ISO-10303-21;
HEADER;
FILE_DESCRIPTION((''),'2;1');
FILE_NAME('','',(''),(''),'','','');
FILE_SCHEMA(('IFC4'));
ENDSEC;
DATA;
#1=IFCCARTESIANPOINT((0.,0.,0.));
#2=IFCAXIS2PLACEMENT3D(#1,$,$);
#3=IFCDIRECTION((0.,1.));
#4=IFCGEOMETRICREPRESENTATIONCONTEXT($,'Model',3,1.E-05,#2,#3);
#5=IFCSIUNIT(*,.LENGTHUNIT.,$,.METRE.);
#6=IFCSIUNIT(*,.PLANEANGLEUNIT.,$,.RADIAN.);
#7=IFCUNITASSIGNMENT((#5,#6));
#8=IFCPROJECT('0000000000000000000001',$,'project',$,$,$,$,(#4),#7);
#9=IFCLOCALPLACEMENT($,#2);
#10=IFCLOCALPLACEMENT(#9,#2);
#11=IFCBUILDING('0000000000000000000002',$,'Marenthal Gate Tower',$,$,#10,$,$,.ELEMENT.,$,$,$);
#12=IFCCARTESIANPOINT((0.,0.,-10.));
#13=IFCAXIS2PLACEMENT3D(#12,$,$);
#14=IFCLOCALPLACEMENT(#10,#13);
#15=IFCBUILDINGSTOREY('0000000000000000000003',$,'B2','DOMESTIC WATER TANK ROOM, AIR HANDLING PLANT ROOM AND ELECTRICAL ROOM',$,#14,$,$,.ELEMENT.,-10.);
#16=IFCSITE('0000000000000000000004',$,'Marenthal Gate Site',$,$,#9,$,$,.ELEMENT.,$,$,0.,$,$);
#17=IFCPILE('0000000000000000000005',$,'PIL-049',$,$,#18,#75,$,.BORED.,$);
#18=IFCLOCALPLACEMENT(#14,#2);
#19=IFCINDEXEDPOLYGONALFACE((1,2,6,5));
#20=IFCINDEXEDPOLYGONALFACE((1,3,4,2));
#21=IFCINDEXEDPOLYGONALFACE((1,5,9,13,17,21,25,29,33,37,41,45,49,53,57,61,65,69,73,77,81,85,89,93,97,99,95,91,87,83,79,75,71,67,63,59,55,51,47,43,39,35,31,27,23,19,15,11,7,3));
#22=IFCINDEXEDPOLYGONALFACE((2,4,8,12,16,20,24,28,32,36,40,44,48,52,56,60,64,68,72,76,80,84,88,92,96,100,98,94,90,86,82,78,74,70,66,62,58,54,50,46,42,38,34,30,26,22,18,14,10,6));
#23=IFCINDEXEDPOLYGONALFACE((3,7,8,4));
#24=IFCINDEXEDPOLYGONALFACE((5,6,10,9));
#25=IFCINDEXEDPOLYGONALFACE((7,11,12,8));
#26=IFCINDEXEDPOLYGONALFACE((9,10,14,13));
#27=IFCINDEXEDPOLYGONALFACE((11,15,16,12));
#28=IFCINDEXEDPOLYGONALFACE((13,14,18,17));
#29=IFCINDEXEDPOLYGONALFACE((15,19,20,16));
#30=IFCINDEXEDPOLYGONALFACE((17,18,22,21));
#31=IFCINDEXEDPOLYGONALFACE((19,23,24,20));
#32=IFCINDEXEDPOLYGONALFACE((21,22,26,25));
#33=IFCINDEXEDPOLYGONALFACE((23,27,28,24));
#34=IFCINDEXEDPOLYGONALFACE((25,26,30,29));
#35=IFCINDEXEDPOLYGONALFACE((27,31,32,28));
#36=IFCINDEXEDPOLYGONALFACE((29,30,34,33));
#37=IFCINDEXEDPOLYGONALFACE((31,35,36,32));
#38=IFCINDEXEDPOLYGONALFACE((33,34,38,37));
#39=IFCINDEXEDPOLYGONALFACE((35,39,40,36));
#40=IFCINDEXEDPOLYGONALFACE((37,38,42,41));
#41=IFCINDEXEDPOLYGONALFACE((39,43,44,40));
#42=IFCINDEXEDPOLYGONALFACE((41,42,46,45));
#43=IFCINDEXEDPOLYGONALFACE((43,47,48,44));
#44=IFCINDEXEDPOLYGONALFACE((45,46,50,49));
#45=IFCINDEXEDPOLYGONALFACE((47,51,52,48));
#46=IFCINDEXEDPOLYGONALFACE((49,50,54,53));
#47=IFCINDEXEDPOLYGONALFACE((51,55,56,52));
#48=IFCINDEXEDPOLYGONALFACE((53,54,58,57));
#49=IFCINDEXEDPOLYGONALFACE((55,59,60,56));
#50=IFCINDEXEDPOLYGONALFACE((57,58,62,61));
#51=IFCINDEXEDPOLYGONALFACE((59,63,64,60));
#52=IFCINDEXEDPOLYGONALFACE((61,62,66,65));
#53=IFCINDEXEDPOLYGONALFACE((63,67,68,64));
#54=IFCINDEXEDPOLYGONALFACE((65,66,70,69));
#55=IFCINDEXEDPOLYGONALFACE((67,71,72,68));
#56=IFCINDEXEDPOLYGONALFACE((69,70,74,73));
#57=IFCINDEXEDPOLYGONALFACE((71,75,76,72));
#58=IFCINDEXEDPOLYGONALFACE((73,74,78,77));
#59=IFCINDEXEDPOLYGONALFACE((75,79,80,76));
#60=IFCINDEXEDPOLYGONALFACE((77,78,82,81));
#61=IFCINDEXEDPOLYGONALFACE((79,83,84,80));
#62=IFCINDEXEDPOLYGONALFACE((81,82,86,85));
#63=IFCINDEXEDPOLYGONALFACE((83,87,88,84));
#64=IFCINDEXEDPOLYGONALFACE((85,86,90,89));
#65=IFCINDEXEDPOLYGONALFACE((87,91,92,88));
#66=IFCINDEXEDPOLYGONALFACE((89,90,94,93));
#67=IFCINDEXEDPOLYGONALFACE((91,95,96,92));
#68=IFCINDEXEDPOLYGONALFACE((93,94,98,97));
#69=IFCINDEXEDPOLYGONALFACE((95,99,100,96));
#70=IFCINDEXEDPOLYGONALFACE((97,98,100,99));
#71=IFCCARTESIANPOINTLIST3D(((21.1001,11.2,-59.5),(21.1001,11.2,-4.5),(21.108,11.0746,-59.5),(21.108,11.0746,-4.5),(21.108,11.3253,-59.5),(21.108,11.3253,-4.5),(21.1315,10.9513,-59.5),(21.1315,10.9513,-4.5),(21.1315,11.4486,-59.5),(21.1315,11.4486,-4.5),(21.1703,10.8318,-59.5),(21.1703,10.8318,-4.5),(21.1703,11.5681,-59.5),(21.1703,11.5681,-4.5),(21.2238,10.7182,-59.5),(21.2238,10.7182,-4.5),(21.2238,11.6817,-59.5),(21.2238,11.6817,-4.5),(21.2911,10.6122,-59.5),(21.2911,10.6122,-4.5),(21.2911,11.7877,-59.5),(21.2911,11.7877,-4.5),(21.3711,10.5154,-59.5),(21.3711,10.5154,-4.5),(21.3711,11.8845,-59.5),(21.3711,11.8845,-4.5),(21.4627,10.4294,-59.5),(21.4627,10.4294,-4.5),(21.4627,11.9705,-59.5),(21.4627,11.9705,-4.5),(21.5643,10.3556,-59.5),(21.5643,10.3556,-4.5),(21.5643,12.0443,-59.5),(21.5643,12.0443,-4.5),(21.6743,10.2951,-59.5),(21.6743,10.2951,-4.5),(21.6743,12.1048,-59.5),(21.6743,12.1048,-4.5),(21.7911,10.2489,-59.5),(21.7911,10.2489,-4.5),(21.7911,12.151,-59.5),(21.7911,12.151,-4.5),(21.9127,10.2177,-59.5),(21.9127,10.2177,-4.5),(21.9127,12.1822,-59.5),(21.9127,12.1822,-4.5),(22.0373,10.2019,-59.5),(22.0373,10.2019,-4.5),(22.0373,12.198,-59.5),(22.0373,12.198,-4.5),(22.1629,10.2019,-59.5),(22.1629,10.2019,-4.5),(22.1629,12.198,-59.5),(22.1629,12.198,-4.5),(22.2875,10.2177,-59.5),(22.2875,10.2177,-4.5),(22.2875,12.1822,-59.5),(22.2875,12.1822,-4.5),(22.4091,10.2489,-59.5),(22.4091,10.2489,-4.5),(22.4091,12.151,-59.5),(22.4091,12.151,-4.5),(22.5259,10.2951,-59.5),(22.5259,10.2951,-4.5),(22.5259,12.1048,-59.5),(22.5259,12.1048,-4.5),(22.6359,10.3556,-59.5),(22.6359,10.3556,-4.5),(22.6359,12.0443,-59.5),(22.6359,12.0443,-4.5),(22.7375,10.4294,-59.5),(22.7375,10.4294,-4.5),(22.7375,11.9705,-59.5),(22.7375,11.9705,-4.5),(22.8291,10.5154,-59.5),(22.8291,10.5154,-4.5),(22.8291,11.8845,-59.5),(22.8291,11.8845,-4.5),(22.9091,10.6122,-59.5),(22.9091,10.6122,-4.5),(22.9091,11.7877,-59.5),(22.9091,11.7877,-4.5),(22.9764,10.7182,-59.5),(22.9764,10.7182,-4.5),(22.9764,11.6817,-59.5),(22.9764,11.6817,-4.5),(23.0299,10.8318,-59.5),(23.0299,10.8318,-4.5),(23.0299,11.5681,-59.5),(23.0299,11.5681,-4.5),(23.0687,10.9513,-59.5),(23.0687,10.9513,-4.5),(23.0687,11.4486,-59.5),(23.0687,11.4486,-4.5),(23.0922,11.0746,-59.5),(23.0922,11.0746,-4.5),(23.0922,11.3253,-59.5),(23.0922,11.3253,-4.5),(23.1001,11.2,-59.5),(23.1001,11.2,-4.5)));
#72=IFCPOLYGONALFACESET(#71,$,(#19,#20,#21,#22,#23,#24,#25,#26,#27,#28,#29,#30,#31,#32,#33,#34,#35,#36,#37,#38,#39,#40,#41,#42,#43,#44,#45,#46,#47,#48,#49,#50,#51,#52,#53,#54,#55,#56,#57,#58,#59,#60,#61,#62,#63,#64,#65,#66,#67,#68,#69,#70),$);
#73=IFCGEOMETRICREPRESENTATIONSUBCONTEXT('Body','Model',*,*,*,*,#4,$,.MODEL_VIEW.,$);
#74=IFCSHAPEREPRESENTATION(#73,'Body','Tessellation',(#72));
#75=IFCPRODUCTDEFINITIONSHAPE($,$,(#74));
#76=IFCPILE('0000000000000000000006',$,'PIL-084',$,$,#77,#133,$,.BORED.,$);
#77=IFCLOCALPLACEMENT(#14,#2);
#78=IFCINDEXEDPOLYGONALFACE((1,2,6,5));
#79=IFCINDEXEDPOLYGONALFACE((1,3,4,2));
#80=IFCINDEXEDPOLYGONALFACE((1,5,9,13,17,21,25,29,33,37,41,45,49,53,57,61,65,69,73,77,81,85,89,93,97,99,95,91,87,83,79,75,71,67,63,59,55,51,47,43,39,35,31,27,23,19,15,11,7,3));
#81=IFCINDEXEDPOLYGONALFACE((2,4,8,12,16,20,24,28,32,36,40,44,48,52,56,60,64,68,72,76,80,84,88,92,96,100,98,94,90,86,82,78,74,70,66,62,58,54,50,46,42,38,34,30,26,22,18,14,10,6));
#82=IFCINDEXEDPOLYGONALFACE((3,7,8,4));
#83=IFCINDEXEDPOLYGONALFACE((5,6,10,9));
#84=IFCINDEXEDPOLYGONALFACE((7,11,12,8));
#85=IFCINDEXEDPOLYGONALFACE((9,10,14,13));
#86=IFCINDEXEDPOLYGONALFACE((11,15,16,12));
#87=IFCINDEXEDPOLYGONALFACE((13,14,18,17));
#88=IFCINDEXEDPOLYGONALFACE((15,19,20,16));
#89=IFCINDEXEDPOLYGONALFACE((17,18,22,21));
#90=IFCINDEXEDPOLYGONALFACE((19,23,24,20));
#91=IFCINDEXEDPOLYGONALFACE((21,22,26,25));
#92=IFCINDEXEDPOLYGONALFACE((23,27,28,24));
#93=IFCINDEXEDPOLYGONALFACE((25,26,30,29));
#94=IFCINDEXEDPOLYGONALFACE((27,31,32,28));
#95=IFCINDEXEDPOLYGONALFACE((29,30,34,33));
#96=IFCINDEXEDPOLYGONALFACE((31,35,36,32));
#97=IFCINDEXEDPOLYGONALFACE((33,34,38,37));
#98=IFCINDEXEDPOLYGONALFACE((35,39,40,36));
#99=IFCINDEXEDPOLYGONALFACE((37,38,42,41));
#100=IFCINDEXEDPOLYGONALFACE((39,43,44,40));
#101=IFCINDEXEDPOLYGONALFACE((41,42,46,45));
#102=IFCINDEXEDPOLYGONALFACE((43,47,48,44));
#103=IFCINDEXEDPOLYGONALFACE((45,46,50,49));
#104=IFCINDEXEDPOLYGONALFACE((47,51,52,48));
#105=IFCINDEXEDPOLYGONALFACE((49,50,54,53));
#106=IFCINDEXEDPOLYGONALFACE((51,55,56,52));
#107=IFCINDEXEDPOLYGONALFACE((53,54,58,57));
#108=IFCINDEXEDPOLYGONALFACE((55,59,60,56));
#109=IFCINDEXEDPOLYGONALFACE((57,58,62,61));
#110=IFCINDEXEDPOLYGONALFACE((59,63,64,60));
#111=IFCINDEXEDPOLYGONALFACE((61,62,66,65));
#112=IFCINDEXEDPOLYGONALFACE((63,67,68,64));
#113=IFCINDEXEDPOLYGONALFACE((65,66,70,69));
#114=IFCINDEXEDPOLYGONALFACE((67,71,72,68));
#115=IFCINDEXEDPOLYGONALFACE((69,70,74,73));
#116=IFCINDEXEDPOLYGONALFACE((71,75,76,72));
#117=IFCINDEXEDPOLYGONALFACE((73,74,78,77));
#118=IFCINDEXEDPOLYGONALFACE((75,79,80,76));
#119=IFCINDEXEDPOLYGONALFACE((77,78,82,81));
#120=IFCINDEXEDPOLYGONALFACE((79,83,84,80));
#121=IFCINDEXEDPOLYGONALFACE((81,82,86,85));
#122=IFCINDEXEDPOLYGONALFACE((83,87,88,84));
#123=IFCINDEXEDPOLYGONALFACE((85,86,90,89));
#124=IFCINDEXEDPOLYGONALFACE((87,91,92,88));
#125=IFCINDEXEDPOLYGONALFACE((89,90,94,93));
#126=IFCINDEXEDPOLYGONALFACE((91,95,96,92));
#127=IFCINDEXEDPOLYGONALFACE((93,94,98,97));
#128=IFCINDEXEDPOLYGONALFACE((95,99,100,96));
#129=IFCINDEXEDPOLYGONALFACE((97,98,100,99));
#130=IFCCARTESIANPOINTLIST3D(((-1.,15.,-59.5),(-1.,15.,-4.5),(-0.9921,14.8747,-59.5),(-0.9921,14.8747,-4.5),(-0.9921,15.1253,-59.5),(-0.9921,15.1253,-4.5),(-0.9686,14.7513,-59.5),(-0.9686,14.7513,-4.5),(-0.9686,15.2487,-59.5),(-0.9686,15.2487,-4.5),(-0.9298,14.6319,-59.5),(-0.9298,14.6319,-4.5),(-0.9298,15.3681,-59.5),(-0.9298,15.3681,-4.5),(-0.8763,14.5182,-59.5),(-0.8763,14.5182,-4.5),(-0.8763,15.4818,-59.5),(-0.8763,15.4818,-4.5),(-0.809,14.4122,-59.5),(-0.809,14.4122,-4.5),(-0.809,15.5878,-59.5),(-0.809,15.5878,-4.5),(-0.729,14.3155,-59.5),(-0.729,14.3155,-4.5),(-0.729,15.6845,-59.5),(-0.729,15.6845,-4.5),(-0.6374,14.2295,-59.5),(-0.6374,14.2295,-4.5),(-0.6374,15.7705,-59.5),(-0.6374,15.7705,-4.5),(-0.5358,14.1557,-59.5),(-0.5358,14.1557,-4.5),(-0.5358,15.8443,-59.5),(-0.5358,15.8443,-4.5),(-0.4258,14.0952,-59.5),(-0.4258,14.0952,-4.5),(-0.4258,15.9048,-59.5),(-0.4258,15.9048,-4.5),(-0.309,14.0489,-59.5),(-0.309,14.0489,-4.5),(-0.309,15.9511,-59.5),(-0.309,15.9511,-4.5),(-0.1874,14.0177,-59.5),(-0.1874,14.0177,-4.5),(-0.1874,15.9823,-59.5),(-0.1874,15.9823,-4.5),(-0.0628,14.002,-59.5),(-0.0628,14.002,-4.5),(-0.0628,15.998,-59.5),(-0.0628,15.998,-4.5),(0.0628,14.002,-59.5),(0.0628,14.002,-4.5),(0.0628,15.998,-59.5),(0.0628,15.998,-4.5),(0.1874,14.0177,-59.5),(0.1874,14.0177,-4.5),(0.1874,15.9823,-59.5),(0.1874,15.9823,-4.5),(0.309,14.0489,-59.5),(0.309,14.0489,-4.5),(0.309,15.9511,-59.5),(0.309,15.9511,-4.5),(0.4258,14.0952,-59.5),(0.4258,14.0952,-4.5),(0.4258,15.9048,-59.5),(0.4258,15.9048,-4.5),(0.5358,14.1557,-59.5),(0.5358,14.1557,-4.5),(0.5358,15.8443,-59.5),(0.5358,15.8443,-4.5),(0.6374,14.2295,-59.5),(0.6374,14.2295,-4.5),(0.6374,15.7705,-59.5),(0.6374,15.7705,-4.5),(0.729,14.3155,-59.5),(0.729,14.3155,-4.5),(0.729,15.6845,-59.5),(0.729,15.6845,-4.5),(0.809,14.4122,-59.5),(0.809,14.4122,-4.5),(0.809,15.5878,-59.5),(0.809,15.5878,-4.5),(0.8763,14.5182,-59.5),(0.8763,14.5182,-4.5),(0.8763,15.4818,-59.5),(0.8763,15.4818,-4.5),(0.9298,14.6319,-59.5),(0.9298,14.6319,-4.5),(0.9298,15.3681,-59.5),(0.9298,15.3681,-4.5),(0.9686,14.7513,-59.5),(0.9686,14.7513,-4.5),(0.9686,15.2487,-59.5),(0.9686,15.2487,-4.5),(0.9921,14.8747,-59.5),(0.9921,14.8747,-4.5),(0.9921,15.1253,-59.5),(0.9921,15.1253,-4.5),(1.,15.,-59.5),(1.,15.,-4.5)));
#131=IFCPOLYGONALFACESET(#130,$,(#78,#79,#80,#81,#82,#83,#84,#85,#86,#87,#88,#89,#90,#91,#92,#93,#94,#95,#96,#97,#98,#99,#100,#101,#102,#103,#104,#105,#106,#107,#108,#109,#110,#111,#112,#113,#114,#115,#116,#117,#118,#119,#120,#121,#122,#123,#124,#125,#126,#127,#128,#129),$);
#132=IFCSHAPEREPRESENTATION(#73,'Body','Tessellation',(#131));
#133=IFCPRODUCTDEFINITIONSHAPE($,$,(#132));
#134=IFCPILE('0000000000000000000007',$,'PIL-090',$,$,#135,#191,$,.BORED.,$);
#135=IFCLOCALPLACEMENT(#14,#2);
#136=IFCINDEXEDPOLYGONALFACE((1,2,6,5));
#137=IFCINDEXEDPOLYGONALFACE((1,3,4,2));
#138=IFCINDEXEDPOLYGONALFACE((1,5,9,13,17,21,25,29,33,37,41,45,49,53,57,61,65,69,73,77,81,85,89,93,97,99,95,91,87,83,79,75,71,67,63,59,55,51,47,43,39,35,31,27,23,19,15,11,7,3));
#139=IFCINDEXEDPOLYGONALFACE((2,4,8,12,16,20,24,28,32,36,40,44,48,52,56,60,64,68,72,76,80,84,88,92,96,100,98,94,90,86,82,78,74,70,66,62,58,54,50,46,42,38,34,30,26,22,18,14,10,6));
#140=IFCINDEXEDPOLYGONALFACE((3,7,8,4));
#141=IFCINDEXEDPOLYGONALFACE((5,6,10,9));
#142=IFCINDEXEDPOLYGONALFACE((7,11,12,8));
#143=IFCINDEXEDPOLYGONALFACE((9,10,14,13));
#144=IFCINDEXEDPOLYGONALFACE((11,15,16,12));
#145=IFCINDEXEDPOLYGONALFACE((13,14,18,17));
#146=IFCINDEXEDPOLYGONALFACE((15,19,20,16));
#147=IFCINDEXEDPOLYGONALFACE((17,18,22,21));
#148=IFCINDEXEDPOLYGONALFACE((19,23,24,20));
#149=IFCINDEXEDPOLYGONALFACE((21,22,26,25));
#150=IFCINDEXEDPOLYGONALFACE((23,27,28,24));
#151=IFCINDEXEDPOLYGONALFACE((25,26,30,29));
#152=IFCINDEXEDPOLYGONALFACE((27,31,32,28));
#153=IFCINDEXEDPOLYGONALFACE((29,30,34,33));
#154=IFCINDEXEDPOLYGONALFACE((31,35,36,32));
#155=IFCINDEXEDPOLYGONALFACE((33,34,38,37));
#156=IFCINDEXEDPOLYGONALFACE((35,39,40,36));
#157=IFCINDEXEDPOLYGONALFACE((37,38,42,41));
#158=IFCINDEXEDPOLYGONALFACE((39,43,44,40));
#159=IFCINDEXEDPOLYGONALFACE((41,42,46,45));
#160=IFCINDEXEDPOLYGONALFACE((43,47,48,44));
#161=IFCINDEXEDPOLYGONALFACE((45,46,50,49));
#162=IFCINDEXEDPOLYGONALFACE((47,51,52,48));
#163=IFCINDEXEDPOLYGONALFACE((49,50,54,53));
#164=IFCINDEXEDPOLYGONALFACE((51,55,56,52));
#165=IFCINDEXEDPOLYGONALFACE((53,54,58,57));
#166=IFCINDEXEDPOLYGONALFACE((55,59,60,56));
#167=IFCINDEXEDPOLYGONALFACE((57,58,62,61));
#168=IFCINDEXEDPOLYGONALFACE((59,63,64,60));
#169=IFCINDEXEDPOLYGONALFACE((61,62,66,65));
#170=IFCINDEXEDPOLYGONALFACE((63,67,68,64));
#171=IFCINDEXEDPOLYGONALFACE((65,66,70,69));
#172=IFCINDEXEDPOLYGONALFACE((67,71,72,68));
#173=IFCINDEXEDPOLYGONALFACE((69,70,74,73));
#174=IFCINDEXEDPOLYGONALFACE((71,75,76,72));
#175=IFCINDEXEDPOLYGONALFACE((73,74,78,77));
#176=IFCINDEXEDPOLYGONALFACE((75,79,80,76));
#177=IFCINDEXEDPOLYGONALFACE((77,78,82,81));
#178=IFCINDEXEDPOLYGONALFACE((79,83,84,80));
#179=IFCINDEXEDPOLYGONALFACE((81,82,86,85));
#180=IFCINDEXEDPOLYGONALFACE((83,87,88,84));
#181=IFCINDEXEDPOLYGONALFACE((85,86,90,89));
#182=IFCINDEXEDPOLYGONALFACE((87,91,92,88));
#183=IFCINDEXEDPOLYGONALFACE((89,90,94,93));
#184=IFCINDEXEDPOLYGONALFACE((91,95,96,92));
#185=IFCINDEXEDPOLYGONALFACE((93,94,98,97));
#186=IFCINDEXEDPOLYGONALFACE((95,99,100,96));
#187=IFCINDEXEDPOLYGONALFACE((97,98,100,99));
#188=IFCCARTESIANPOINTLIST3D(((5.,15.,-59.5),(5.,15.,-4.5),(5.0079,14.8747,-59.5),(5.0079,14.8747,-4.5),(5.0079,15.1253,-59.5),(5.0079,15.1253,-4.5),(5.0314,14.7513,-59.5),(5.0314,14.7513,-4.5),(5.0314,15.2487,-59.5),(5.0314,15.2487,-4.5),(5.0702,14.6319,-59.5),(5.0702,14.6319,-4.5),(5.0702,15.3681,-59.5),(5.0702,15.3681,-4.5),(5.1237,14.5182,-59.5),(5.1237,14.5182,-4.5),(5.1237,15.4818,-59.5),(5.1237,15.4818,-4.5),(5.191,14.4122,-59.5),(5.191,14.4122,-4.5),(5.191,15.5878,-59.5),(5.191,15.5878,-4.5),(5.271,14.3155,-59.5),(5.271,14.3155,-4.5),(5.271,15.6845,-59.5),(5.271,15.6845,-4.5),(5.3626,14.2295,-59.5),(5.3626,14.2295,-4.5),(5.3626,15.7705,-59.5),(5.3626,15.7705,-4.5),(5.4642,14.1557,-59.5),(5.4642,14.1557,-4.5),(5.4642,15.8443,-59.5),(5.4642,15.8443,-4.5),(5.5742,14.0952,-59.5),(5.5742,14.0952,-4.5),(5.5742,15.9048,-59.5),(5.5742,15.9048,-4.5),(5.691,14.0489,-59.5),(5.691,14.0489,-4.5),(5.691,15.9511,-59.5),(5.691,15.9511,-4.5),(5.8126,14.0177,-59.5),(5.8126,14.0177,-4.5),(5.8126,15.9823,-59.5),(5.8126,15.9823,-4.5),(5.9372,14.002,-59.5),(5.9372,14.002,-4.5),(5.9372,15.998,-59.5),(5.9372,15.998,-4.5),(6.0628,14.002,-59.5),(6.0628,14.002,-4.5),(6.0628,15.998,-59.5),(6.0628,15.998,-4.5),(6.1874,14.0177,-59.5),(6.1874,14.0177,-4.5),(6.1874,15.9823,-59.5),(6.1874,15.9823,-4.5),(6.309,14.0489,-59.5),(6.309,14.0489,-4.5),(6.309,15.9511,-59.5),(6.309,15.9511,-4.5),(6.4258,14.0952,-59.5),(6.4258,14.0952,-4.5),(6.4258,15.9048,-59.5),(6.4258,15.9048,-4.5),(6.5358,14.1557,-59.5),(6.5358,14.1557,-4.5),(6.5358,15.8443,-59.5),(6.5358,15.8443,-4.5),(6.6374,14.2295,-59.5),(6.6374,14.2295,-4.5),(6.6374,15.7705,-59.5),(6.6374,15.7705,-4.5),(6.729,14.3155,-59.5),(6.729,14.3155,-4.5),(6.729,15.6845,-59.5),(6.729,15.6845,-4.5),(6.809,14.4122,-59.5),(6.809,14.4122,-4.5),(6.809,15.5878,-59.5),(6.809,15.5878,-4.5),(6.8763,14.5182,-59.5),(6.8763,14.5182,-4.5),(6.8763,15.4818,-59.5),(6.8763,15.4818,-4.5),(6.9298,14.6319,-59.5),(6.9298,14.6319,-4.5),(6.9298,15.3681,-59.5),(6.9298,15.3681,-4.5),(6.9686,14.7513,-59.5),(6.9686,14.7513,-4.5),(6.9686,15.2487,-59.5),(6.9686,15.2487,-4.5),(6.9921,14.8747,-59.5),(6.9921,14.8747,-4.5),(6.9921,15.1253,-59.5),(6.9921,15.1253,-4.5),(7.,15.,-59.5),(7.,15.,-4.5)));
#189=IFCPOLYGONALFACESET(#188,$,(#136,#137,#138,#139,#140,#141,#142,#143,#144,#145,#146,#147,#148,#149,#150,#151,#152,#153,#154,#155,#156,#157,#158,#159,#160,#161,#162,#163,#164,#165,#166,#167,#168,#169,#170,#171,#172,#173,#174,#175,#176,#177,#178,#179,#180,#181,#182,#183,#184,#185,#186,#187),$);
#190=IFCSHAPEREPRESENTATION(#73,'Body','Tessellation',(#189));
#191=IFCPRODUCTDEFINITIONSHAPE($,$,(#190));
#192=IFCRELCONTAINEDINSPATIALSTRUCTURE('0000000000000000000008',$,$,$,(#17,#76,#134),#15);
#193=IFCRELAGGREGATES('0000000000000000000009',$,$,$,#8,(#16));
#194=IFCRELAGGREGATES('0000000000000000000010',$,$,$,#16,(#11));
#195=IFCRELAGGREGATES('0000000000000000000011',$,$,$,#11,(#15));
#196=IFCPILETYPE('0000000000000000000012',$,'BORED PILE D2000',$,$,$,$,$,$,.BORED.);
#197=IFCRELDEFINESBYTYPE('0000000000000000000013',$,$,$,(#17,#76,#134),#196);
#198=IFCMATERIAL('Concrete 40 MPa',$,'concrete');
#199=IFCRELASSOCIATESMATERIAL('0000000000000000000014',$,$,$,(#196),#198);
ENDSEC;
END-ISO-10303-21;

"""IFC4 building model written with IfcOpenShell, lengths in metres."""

from ifc_helpers import new_model, si_unit, direction, frame, origin, origin_2d, place, context, subcontext, project, spatial, circle, extrude, material, type_object, element, save


model = new_model("IFC4")

# Units and contexts
model_context = context("Model", 3, precision=1e-05, world=origin(), true_north=direction((0.0, 1.0)))
body_context = subcontext(model_context, "Body", "Model", "MODEL_VIEW")
ifc_project = project(units=[si_unit("LENGTHUNIT", "METRE"), si_unit("PLANEANGLEUNIT", "RADIAN")], contexts=[model_context])

# Site, building, storey
site_placement = place(None, origin())
site = spatial("IfcSite", under=ifc_project, at=site_placement, Name="Marenthal Gate Site", CompositionType="ELEMENT", RefElevation=0.0)
building_placement = place(site_placement, origin())
building = spatial("IfcBuilding", under=site, at=building_placement, Name="Marenthal Gate Tower", CompositionType="ELEMENT")
storey_placement = place(building_placement, frame((0.0, 0.0, -10.0)))
storey = spatial("IfcBuildingStorey", under=building, at=storey_placement, Name="B2", Description="DOMESTIC WATER TANK ROOM, AIR HANDLING PLANT ROOM AND ELECTRICAL ROOM", CompositionType="ELEMENT", Elevation=-10.0)

# Piles
ifc_material_1 = material(Name="Concrete 40 MPa", Category="concrete")
pile_type = type_object("IfcPileType", Name="BORED PILE D2000", PredefinedType="BORED", material=ifc_material_1)
for number, where, z_axis, x_axis, name in (
    (1, (22.1001, 11.2, -4.5), (0.0, 0.0, -1.0), (1.0, 0.0, 0.0), "PIL-049"),
    (2, (0.0, 15.0, -4.5), (0.0, 0.0, -1.0), (1.0, 0.0, 0.0), "PIL-084"),
    (3, (6.0, 15.0, -4.5), (0.0, 0.0, -1.0), (1.0, 0.0, 0.0), "PIL-090"),
):
    element("IfcPile", number, at=place(storey_placement, frame(where, z_axis=z_axis, x_axis=x_axis)), inside=storey, type_object=pile_type, Name=name, PredefinedType="BORED", context=body_context, shape_type="SweptSolid", body=[
        extrude(circle(Radius=1.0, at=origin_2d()), origin(), (0.0, 0.0, 1.0), 55.0),
    ])

save(model, "model.ifc")
